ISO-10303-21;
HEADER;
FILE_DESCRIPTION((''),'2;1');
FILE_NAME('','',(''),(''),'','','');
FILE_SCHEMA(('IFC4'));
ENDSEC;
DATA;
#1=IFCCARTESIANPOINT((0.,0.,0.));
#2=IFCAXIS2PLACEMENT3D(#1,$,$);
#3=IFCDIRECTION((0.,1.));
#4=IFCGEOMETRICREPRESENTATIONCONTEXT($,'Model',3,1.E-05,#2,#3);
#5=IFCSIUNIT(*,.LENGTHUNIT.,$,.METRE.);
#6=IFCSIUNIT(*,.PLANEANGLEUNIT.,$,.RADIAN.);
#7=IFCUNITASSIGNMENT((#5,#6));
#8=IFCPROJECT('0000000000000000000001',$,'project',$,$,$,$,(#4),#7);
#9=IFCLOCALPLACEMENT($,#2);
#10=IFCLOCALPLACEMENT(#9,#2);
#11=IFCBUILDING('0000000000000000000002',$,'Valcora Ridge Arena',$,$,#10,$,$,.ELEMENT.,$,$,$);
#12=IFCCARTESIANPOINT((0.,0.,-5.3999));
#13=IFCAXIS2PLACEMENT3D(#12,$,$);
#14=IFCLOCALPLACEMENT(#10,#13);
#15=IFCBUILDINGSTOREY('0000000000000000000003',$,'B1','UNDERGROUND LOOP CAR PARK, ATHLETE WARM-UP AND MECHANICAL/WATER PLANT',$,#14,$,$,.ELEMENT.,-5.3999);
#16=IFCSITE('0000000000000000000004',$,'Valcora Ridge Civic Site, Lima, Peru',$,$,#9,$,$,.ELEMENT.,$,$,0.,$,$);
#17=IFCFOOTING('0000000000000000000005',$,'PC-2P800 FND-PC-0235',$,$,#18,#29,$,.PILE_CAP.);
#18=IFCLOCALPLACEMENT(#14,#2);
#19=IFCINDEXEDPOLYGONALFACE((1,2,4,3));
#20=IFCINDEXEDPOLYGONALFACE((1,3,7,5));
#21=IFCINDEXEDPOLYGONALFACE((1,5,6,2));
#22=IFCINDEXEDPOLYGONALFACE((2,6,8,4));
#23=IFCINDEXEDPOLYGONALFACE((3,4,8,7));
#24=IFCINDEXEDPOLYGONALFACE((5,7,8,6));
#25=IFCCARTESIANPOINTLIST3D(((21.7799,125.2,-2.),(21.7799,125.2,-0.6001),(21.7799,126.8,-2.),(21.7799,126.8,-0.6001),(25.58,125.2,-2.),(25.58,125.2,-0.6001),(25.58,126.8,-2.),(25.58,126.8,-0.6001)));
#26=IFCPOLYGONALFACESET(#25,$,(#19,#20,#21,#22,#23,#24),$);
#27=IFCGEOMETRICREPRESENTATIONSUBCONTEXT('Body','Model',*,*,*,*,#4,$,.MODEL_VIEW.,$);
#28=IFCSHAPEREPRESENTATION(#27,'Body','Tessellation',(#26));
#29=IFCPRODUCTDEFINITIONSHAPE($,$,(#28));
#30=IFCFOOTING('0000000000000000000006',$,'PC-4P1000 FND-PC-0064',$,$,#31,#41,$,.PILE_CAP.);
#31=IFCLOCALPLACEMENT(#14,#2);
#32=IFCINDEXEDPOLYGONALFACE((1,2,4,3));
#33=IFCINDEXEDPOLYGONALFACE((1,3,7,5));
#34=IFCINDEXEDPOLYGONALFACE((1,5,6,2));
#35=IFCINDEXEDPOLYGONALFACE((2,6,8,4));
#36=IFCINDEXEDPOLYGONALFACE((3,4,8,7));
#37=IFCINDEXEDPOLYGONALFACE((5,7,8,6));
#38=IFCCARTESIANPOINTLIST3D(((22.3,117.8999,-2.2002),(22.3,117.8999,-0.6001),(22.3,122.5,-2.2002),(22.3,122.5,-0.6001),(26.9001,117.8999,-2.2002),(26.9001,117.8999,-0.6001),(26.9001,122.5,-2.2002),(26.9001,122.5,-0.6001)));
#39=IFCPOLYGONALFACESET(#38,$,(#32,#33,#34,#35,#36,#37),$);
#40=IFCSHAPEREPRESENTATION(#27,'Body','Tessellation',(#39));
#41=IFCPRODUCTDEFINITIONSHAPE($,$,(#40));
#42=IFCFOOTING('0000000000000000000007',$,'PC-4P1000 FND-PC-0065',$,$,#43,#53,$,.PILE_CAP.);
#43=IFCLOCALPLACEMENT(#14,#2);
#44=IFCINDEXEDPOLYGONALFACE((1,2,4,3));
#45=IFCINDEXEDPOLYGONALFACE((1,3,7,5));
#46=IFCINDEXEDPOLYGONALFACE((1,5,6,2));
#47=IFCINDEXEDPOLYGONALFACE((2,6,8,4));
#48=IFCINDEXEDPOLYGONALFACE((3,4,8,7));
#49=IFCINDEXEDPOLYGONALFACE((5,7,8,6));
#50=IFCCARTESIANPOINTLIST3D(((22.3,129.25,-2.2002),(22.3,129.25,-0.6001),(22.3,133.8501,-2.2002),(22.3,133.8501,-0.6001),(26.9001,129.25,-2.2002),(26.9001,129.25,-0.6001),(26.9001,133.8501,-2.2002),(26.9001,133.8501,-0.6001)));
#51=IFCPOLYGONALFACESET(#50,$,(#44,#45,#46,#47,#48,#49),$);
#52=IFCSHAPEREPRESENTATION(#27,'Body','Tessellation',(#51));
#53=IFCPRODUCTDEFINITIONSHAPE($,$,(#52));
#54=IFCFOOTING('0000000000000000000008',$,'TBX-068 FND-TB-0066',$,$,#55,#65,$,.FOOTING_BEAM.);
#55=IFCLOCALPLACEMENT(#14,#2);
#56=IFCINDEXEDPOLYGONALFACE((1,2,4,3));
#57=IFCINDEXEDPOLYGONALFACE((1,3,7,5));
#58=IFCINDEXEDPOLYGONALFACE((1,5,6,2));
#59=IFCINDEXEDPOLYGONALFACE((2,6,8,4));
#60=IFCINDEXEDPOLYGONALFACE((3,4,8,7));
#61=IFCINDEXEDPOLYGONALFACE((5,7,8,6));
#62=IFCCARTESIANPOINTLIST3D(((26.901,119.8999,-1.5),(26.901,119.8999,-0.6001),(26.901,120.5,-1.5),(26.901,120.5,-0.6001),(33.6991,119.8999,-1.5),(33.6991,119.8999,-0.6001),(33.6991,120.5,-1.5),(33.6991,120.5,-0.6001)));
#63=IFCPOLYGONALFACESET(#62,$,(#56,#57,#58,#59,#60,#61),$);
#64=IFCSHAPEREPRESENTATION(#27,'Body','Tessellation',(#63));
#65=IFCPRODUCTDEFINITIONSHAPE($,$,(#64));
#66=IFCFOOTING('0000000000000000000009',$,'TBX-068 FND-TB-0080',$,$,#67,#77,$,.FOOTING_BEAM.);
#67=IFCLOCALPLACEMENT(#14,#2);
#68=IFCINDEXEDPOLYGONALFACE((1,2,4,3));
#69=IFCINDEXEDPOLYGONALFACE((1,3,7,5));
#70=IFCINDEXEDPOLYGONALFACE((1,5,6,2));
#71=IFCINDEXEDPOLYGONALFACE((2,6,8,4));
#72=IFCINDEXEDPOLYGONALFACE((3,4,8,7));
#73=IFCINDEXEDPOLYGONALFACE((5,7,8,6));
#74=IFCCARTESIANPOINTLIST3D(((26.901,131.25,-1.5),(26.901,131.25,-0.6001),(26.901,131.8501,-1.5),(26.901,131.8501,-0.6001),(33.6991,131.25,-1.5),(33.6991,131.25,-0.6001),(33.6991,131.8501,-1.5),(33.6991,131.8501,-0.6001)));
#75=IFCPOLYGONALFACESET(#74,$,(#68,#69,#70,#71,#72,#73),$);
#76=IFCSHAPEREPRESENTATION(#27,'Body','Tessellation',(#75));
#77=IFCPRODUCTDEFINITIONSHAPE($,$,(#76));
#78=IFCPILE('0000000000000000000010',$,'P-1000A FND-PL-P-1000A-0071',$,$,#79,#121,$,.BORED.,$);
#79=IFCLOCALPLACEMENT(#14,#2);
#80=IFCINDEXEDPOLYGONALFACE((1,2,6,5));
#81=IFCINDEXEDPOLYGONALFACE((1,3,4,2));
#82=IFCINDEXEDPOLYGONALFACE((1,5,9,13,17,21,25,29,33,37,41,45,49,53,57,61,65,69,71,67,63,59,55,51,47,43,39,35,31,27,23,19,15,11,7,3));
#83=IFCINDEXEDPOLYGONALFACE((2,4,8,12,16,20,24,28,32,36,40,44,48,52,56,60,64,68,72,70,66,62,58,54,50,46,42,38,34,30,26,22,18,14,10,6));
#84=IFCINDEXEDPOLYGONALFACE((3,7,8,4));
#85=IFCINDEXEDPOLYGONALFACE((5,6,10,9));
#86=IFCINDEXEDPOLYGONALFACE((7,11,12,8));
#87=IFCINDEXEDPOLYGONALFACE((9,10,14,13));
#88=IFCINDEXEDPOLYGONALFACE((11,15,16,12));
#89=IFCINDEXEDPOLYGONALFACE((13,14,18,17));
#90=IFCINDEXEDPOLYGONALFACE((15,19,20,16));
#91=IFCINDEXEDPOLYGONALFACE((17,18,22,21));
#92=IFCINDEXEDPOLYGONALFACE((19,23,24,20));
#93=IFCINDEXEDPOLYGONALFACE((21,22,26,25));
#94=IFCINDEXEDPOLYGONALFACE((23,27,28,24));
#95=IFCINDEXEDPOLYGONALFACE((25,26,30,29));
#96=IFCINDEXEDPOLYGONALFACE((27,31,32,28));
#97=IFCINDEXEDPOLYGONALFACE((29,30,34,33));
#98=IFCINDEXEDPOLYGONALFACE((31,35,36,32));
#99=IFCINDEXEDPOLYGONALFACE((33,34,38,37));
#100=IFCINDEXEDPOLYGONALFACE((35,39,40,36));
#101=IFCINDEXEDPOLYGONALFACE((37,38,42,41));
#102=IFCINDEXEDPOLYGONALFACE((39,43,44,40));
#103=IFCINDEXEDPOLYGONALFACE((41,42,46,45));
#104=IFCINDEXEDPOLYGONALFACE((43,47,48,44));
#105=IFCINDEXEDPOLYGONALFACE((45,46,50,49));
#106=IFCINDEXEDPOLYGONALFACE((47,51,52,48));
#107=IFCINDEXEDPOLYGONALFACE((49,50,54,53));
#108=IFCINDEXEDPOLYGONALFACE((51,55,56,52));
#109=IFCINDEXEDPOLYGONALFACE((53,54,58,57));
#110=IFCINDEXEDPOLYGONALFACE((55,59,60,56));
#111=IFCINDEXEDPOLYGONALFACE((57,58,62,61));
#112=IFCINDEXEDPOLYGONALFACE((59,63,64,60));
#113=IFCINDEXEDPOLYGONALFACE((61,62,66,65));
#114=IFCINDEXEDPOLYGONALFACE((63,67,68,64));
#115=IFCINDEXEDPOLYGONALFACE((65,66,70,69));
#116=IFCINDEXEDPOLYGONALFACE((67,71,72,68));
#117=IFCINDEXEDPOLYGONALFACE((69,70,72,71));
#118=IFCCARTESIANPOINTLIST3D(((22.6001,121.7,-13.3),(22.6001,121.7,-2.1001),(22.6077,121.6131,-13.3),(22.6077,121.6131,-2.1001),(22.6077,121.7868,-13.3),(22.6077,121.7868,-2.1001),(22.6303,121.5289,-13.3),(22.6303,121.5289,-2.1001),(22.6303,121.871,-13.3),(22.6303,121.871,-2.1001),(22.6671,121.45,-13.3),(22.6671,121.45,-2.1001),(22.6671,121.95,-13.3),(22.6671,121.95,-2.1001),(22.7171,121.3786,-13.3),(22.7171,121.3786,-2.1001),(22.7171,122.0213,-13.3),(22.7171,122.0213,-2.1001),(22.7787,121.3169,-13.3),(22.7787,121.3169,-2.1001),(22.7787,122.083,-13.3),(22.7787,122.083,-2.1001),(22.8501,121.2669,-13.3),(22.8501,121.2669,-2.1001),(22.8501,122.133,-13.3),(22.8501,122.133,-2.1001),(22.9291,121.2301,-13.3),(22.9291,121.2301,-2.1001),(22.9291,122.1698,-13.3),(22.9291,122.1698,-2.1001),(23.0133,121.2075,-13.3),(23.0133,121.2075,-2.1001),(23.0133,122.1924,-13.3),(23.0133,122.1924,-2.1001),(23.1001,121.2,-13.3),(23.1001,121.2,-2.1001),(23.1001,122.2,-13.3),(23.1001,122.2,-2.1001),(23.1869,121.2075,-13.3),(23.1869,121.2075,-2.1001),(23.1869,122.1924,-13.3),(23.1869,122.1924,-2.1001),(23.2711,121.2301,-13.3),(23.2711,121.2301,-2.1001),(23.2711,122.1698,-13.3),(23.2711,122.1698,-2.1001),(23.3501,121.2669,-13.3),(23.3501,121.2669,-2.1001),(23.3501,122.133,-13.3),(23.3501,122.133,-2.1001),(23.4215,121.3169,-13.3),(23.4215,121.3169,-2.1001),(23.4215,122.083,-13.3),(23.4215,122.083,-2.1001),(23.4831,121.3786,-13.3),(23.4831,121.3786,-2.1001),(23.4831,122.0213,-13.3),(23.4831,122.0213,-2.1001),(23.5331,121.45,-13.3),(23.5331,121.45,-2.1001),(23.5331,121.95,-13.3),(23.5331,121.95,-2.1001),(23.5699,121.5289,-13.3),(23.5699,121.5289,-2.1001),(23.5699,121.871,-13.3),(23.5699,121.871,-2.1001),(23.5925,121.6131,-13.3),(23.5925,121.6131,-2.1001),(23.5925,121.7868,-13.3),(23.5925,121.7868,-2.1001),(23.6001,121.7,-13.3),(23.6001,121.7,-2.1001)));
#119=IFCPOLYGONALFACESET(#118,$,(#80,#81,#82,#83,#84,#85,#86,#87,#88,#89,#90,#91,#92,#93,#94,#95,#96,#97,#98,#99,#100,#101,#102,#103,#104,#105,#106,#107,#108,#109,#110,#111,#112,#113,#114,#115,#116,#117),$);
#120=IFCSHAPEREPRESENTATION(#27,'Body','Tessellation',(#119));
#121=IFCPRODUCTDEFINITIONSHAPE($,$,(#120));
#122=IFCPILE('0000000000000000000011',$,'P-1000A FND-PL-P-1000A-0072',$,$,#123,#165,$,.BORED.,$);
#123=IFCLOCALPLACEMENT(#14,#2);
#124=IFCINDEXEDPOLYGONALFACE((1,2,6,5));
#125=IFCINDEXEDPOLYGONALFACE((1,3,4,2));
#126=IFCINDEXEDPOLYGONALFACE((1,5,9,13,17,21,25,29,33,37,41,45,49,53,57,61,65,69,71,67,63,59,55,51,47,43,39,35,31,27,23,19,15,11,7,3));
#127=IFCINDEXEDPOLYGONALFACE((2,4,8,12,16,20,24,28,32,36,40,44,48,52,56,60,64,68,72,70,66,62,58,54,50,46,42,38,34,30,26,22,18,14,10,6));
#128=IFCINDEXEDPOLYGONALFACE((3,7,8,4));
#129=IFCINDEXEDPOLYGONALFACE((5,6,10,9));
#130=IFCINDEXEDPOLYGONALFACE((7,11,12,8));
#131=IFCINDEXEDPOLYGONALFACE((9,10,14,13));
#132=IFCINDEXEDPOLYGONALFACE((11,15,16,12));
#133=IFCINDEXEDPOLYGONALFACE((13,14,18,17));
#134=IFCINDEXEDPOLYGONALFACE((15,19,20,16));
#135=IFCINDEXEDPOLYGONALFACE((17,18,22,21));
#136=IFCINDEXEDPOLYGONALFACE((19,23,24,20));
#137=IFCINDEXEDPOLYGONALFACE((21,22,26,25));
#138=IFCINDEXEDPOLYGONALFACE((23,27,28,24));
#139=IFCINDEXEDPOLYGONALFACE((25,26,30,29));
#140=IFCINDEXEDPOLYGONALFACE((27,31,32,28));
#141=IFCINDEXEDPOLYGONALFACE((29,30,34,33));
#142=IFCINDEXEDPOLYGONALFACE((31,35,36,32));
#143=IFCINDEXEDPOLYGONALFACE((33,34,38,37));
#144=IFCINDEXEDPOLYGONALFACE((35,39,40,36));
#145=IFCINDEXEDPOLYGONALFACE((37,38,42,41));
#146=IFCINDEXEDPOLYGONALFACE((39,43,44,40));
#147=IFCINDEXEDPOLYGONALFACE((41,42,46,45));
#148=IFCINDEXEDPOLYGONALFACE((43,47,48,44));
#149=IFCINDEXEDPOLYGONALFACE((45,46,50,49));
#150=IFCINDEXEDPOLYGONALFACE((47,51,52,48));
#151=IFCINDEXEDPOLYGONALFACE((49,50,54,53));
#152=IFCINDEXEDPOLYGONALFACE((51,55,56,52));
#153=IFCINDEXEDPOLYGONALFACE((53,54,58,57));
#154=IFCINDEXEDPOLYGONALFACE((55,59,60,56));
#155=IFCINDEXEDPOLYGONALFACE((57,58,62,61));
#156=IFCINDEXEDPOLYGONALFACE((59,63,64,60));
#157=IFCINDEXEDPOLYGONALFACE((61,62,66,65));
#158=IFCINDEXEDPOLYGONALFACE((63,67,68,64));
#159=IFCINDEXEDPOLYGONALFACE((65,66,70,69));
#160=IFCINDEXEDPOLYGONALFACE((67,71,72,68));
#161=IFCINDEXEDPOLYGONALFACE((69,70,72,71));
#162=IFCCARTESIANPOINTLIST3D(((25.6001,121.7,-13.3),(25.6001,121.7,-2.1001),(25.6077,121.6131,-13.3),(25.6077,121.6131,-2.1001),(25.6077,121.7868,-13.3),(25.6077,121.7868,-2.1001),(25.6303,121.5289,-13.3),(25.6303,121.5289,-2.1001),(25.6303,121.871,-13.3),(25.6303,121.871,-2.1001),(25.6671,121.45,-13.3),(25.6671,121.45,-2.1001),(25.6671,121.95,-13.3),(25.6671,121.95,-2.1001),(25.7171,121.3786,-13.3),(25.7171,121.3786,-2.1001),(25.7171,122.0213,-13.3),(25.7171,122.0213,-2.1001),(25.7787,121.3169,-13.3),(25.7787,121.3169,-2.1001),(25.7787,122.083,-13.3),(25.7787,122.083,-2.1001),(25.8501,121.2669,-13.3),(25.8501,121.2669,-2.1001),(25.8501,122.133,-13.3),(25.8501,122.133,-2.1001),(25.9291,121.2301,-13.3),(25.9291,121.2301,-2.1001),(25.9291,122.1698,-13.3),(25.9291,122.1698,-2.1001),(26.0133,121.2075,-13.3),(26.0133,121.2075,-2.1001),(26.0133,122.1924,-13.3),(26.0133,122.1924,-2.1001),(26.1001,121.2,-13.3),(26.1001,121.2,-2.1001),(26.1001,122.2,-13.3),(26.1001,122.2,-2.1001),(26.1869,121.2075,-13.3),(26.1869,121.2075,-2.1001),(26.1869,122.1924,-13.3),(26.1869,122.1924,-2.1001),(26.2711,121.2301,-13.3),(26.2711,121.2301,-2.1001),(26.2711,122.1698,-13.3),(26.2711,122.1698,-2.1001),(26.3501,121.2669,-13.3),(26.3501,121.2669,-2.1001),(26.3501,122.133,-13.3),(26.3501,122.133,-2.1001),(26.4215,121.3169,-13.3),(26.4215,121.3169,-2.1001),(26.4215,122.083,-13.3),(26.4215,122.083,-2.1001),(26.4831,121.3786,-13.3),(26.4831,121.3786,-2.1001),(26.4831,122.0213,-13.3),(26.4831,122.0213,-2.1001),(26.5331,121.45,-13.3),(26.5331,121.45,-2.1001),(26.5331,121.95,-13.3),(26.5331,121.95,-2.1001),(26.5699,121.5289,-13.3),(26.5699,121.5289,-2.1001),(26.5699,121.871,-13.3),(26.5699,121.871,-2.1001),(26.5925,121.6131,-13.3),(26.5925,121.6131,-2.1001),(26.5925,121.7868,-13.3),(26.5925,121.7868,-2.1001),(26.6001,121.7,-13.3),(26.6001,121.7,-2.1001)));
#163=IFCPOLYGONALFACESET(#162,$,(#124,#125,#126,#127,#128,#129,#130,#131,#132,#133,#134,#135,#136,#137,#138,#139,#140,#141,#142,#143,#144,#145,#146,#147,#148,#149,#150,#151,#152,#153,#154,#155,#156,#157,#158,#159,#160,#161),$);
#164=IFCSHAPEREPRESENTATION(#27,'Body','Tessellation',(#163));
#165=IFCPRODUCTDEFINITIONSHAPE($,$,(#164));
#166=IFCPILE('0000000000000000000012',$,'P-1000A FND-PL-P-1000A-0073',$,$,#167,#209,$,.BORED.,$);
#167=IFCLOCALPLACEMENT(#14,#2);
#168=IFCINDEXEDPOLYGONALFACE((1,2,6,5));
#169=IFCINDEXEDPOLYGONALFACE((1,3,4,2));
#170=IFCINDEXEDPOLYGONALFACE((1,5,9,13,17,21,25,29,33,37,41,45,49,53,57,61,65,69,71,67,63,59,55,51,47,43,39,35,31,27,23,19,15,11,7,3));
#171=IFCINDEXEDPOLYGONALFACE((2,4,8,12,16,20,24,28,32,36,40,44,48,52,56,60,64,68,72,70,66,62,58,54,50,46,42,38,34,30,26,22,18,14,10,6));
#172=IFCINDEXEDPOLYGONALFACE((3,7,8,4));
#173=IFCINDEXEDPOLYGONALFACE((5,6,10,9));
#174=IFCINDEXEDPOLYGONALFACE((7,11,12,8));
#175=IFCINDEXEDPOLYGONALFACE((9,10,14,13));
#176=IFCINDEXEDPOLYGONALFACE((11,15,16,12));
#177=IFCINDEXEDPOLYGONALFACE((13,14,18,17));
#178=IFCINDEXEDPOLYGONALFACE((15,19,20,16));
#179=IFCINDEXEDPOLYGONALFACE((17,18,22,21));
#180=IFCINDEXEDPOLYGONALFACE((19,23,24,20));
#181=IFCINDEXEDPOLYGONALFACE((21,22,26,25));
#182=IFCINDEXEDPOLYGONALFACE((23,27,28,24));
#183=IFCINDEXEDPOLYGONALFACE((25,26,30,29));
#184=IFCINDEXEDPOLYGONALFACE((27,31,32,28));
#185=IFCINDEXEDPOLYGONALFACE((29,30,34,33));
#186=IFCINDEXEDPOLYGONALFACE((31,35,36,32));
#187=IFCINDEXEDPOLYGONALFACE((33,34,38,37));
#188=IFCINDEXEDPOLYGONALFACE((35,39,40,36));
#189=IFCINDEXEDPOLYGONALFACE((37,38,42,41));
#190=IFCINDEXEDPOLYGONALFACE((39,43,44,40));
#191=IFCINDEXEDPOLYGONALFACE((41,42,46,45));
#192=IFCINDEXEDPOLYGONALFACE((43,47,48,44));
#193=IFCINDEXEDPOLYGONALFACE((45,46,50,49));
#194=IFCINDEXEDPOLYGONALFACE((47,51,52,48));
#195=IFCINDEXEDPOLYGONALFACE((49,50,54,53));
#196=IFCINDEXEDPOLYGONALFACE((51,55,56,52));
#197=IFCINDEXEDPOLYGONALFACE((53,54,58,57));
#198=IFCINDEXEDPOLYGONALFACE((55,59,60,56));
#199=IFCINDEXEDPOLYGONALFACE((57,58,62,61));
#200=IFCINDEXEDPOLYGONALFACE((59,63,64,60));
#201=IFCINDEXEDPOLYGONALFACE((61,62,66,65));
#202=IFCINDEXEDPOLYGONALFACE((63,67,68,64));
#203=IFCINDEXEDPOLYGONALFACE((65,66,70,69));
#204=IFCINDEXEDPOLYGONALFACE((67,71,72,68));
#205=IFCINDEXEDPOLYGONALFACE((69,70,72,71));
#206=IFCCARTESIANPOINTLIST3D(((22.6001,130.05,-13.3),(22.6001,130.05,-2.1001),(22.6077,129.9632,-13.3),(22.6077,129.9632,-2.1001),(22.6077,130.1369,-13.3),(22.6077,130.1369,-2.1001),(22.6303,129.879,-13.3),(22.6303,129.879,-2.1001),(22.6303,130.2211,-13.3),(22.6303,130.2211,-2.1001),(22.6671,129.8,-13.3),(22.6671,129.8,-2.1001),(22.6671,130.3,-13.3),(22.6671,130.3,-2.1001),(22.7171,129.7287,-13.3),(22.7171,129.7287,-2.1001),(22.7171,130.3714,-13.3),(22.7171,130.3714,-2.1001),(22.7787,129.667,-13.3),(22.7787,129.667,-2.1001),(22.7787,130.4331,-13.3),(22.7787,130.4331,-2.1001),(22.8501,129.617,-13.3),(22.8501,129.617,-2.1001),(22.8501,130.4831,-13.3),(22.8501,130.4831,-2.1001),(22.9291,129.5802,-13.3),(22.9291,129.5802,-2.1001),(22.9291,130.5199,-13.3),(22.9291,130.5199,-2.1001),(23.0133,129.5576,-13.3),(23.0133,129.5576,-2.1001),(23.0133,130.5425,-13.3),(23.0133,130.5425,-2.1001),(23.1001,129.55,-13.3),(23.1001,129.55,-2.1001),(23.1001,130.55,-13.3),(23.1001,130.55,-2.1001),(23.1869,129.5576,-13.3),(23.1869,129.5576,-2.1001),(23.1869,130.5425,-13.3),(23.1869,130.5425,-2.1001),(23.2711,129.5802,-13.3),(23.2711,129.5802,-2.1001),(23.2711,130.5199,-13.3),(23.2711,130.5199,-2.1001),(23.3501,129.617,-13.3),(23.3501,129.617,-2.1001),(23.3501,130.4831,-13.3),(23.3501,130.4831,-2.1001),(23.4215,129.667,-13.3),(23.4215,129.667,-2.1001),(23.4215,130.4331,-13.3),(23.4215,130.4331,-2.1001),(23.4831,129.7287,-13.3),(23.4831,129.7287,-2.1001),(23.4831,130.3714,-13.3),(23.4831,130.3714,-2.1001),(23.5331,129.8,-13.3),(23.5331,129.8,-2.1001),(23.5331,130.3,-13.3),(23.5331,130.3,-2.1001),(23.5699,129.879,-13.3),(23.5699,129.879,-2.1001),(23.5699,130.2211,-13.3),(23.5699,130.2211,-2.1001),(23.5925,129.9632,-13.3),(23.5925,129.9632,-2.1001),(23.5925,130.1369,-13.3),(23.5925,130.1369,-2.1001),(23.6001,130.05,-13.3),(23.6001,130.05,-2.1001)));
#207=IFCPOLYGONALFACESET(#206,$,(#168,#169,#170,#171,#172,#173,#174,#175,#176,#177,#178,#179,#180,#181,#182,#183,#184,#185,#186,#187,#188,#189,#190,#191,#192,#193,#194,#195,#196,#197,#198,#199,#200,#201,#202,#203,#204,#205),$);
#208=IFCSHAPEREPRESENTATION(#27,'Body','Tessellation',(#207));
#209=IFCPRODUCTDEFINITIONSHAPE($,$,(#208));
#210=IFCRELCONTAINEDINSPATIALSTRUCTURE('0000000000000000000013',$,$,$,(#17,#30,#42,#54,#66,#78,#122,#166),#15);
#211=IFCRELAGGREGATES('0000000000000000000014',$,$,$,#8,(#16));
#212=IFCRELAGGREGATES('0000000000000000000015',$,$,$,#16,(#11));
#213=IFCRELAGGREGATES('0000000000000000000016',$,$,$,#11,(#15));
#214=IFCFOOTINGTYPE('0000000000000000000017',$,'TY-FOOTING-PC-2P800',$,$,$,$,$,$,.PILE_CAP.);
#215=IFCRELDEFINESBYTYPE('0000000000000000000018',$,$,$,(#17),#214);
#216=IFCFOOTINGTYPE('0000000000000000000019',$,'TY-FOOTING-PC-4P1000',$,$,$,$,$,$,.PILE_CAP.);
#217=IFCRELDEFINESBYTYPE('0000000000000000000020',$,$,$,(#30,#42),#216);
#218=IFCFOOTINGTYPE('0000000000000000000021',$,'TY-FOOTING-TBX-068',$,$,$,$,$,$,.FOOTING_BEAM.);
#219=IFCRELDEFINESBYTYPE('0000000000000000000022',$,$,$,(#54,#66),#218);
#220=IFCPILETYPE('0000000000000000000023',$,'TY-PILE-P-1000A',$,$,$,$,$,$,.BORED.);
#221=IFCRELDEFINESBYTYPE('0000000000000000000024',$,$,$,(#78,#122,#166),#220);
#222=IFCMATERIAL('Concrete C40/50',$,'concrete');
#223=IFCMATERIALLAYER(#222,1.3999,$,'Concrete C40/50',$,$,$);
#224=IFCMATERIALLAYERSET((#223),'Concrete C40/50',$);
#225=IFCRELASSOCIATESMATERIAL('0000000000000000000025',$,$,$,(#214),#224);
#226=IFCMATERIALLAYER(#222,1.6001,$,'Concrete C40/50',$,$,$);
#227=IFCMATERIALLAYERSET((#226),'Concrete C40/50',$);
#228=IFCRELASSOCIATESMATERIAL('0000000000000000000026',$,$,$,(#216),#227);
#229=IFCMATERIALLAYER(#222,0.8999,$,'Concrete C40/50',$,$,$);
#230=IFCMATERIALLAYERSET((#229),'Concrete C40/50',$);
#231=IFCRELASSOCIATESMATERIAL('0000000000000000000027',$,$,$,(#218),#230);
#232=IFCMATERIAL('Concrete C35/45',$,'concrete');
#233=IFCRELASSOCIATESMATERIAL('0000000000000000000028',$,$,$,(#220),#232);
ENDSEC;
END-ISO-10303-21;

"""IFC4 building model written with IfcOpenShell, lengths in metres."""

from ifc_helpers import new_model, si_unit, direction, frame, origin, origin_2d, place, context, subcontext, project, spatial, rectangle, circle, extrude, material, layer, layer_set, material_profile, profile_set, type_object, element, save


model = new_model("IFC4")

# Units and contexts
model_context = context("Model", 3, precision=1e-05, world=origin(), true_north=direction((0.0, 1.0)))
body_context = subcontext(model_context, "Body", "Model", "MODEL_VIEW")
ifc_project = project(units=[si_unit("LENGTHUNIT", "METRE"), si_unit("PLANEANGLEUNIT", "RADIAN")], contexts=[model_context])

# Site, building, storey
site_placement = place(None, origin())
site = spatial("IfcSite", under=ifc_project, at=site_placement, Name="Valcora Ridge Civic Site, Lima, Peru", CompositionType="ELEMENT", RefElevation=0.0)
building_placement = place(site_placement, origin())
building = spatial("IfcBuilding", under=site, at=building_placement, Name="Valcora Ridge Arena", CompositionType="ELEMENT")
storey_placement = place(building_placement, frame((0.0, 0.0, -5.3999)))
storey = spatial("IfcBuildingStorey", under=building, at=storey_placement, Name="B1", Description="UNDERGROUND LOOP CAR PARK, ATHLETE WARM-UP AND MECHANICAL/WATER PLANT", CompositionType="ELEMENT", Elevation=-5.3999)

# Footings
ifc_material_1 = material(Name="Concrete C40/50", Category="concrete")
ifc_layer_1 = layer(ifc_material_1, 1.3999, Name="Concrete C40/50")
ifc_layer_set_1 = layer_set([ifc_layer_1], Name="Concrete C40/50")
footing_type_1 = type_object("IfcFootingType", Name="TY-FOOTING-PC-2P800", PredefinedType="PILE_CAP", material=ifc_layer_set_1)
footing_placement = place(storey_placement, frame((23.6799, 126.0, -2.0), z_axis=(0.0, 0.0, 1.0), x_axis=(1.0, 0.0, 0.0)))
element("IfcFooting", 1, at=footing_placement, inside=storey, type_object=footing_type_1, Name="PC-2P800 FND-PC-0235", PredefinedType="PILE_CAP", context=body_context, shape_type="SweptSolid", body=[
    extrude(rectangle(XDim=3.8, YDim=1.6001, at=origin_2d()), origin(), (0.0, 0.0, 1.0), 1.3999),
])
ifc_layer_2 = layer(ifc_material_1, 1.6001, Name="Concrete C40/50")
ifc_layer_set_2 = layer_set([ifc_layer_2], Name="Concrete C40/50")
footing_type_2 = type_object("IfcFootingType", Name="TY-FOOTING-PC-4P1000", PredefinedType="PILE_CAP", material=ifc_layer_set_2)
for number, where, z_axis, x_axis, name in (
    (2, (24.6001, 120.2, -2.2002), (0.0, 0.0, 1.0), (1.0, 0.0, 0.0), "PC-4P1000 FND-PC-0064"),
    (3, (24.6001, 131.55, -2.2002), (0.0, 0.0, 1.0), (1.0, 0.0, 0.0), "PC-4P1000 FND-PC-0065"),
):
    element("IfcFooting", number, at=place(storey_placement, frame(where, z_axis=z_axis, x_axis=x_axis)), inside=storey, type_object=footing_type_2, Name=name, PredefinedType="PILE_CAP", context=body_context, shape_type="SweptSolid", body=[
        extrude(rectangle(XDim=4.6001, YDim=4.6001, at=origin_2d()), origin(), (0.0, 0.0, 1.0), 1.6001),
    ])
ifc_layer_3 = layer(ifc_material_1, 0.8999, Name="Concrete C40/50")
ifc_layer_set_3 = layer_set([ifc_layer_3], Name="Concrete C40/50")
footing_type_3 = type_object("IfcFootingType", Name="TY-FOOTING-TBX-068", PredefinedType="FOOTING_BEAM", material=ifc_layer_set_3)
for number, where, z_axis, x_axis, name in (
    (4, (30.3, 120.2, -1.5), (0.0, 0.0, 1.0), (1.0, 0.0, 0.0), "TBX-068 FND-TB-0066"),
    (5, (30.3, 131.55, -1.5), (0.0, 0.0, 1.0), (1.0, 0.0, 0.0), "TBX-068 FND-TB-0080"),
):
    element("IfcFooting", number, at=place(storey_placement, frame(where, z_axis=z_axis, x_axis=x_axis)), inside=storey, type_object=footing_type_3, Name=name, PredefinedType="FOOTING_BEAM", context=body_context, shape_type="SweptSolid", body=[
        extrude(rectangle(XDim=6.7981, YDim=0.6001, at=origin_2d()), origin(), (0.0, 0.0, 1.0), 0.8999),
    ])

# Piles
ifc_material_2 = material(Name="Concrete C35/45", Category="concrete")
ifc_material_profile_1 = material_profile(ifc_material_2, circle(Radius=0.5, at=origin_2d()), Name="BORED PILE D1000")
ifc_profile_set_1 = profile_set([ifc_material_profile_1], Name="Concrete C35/45")
pile_type_1 = type_object("IfcPileType", Name="TY-PILE-P-1000A", PredefinedType="BORED", material=ifc_profile_set_1)
for number, where, z_axis, x_axis, name in (
    (6, (23.1001, 121.7, -2.1001), (0.0, 0.0, -1.0), (1.0, 0.0, 0.0), "P-1000A FND-PL-P-1000A-0071"),
    (7, (26.1001, 121.7, -2.1001), (0.0, 0.0, -1.0), (1.0, 0.0, 0.0), "P-1000A FND-PL-P-1000A-0072"),
    (8, (23.1001, 130.05, -2.1001), (0.0, 0.0, -1.0), (1.0, 0.0, 0.0), "P-1000A FND-PL-P-1000A-0073"),
):
    element("IfcPile", number, at=place(storey_placement, frame(where, z_axis=z_axis, x_axis=x_axis)), inside=storey, type_object=pile_type_1, Name=name, PredefinedType="BORED", context=body_context, shape_type="SweptSolid", body=[
        extrude(circle(Radius=0.5, at=origin_2d()), origin(), (0.0, 0.0, 1.0), 11.2),
    ])

save(model, "model.ifc")
